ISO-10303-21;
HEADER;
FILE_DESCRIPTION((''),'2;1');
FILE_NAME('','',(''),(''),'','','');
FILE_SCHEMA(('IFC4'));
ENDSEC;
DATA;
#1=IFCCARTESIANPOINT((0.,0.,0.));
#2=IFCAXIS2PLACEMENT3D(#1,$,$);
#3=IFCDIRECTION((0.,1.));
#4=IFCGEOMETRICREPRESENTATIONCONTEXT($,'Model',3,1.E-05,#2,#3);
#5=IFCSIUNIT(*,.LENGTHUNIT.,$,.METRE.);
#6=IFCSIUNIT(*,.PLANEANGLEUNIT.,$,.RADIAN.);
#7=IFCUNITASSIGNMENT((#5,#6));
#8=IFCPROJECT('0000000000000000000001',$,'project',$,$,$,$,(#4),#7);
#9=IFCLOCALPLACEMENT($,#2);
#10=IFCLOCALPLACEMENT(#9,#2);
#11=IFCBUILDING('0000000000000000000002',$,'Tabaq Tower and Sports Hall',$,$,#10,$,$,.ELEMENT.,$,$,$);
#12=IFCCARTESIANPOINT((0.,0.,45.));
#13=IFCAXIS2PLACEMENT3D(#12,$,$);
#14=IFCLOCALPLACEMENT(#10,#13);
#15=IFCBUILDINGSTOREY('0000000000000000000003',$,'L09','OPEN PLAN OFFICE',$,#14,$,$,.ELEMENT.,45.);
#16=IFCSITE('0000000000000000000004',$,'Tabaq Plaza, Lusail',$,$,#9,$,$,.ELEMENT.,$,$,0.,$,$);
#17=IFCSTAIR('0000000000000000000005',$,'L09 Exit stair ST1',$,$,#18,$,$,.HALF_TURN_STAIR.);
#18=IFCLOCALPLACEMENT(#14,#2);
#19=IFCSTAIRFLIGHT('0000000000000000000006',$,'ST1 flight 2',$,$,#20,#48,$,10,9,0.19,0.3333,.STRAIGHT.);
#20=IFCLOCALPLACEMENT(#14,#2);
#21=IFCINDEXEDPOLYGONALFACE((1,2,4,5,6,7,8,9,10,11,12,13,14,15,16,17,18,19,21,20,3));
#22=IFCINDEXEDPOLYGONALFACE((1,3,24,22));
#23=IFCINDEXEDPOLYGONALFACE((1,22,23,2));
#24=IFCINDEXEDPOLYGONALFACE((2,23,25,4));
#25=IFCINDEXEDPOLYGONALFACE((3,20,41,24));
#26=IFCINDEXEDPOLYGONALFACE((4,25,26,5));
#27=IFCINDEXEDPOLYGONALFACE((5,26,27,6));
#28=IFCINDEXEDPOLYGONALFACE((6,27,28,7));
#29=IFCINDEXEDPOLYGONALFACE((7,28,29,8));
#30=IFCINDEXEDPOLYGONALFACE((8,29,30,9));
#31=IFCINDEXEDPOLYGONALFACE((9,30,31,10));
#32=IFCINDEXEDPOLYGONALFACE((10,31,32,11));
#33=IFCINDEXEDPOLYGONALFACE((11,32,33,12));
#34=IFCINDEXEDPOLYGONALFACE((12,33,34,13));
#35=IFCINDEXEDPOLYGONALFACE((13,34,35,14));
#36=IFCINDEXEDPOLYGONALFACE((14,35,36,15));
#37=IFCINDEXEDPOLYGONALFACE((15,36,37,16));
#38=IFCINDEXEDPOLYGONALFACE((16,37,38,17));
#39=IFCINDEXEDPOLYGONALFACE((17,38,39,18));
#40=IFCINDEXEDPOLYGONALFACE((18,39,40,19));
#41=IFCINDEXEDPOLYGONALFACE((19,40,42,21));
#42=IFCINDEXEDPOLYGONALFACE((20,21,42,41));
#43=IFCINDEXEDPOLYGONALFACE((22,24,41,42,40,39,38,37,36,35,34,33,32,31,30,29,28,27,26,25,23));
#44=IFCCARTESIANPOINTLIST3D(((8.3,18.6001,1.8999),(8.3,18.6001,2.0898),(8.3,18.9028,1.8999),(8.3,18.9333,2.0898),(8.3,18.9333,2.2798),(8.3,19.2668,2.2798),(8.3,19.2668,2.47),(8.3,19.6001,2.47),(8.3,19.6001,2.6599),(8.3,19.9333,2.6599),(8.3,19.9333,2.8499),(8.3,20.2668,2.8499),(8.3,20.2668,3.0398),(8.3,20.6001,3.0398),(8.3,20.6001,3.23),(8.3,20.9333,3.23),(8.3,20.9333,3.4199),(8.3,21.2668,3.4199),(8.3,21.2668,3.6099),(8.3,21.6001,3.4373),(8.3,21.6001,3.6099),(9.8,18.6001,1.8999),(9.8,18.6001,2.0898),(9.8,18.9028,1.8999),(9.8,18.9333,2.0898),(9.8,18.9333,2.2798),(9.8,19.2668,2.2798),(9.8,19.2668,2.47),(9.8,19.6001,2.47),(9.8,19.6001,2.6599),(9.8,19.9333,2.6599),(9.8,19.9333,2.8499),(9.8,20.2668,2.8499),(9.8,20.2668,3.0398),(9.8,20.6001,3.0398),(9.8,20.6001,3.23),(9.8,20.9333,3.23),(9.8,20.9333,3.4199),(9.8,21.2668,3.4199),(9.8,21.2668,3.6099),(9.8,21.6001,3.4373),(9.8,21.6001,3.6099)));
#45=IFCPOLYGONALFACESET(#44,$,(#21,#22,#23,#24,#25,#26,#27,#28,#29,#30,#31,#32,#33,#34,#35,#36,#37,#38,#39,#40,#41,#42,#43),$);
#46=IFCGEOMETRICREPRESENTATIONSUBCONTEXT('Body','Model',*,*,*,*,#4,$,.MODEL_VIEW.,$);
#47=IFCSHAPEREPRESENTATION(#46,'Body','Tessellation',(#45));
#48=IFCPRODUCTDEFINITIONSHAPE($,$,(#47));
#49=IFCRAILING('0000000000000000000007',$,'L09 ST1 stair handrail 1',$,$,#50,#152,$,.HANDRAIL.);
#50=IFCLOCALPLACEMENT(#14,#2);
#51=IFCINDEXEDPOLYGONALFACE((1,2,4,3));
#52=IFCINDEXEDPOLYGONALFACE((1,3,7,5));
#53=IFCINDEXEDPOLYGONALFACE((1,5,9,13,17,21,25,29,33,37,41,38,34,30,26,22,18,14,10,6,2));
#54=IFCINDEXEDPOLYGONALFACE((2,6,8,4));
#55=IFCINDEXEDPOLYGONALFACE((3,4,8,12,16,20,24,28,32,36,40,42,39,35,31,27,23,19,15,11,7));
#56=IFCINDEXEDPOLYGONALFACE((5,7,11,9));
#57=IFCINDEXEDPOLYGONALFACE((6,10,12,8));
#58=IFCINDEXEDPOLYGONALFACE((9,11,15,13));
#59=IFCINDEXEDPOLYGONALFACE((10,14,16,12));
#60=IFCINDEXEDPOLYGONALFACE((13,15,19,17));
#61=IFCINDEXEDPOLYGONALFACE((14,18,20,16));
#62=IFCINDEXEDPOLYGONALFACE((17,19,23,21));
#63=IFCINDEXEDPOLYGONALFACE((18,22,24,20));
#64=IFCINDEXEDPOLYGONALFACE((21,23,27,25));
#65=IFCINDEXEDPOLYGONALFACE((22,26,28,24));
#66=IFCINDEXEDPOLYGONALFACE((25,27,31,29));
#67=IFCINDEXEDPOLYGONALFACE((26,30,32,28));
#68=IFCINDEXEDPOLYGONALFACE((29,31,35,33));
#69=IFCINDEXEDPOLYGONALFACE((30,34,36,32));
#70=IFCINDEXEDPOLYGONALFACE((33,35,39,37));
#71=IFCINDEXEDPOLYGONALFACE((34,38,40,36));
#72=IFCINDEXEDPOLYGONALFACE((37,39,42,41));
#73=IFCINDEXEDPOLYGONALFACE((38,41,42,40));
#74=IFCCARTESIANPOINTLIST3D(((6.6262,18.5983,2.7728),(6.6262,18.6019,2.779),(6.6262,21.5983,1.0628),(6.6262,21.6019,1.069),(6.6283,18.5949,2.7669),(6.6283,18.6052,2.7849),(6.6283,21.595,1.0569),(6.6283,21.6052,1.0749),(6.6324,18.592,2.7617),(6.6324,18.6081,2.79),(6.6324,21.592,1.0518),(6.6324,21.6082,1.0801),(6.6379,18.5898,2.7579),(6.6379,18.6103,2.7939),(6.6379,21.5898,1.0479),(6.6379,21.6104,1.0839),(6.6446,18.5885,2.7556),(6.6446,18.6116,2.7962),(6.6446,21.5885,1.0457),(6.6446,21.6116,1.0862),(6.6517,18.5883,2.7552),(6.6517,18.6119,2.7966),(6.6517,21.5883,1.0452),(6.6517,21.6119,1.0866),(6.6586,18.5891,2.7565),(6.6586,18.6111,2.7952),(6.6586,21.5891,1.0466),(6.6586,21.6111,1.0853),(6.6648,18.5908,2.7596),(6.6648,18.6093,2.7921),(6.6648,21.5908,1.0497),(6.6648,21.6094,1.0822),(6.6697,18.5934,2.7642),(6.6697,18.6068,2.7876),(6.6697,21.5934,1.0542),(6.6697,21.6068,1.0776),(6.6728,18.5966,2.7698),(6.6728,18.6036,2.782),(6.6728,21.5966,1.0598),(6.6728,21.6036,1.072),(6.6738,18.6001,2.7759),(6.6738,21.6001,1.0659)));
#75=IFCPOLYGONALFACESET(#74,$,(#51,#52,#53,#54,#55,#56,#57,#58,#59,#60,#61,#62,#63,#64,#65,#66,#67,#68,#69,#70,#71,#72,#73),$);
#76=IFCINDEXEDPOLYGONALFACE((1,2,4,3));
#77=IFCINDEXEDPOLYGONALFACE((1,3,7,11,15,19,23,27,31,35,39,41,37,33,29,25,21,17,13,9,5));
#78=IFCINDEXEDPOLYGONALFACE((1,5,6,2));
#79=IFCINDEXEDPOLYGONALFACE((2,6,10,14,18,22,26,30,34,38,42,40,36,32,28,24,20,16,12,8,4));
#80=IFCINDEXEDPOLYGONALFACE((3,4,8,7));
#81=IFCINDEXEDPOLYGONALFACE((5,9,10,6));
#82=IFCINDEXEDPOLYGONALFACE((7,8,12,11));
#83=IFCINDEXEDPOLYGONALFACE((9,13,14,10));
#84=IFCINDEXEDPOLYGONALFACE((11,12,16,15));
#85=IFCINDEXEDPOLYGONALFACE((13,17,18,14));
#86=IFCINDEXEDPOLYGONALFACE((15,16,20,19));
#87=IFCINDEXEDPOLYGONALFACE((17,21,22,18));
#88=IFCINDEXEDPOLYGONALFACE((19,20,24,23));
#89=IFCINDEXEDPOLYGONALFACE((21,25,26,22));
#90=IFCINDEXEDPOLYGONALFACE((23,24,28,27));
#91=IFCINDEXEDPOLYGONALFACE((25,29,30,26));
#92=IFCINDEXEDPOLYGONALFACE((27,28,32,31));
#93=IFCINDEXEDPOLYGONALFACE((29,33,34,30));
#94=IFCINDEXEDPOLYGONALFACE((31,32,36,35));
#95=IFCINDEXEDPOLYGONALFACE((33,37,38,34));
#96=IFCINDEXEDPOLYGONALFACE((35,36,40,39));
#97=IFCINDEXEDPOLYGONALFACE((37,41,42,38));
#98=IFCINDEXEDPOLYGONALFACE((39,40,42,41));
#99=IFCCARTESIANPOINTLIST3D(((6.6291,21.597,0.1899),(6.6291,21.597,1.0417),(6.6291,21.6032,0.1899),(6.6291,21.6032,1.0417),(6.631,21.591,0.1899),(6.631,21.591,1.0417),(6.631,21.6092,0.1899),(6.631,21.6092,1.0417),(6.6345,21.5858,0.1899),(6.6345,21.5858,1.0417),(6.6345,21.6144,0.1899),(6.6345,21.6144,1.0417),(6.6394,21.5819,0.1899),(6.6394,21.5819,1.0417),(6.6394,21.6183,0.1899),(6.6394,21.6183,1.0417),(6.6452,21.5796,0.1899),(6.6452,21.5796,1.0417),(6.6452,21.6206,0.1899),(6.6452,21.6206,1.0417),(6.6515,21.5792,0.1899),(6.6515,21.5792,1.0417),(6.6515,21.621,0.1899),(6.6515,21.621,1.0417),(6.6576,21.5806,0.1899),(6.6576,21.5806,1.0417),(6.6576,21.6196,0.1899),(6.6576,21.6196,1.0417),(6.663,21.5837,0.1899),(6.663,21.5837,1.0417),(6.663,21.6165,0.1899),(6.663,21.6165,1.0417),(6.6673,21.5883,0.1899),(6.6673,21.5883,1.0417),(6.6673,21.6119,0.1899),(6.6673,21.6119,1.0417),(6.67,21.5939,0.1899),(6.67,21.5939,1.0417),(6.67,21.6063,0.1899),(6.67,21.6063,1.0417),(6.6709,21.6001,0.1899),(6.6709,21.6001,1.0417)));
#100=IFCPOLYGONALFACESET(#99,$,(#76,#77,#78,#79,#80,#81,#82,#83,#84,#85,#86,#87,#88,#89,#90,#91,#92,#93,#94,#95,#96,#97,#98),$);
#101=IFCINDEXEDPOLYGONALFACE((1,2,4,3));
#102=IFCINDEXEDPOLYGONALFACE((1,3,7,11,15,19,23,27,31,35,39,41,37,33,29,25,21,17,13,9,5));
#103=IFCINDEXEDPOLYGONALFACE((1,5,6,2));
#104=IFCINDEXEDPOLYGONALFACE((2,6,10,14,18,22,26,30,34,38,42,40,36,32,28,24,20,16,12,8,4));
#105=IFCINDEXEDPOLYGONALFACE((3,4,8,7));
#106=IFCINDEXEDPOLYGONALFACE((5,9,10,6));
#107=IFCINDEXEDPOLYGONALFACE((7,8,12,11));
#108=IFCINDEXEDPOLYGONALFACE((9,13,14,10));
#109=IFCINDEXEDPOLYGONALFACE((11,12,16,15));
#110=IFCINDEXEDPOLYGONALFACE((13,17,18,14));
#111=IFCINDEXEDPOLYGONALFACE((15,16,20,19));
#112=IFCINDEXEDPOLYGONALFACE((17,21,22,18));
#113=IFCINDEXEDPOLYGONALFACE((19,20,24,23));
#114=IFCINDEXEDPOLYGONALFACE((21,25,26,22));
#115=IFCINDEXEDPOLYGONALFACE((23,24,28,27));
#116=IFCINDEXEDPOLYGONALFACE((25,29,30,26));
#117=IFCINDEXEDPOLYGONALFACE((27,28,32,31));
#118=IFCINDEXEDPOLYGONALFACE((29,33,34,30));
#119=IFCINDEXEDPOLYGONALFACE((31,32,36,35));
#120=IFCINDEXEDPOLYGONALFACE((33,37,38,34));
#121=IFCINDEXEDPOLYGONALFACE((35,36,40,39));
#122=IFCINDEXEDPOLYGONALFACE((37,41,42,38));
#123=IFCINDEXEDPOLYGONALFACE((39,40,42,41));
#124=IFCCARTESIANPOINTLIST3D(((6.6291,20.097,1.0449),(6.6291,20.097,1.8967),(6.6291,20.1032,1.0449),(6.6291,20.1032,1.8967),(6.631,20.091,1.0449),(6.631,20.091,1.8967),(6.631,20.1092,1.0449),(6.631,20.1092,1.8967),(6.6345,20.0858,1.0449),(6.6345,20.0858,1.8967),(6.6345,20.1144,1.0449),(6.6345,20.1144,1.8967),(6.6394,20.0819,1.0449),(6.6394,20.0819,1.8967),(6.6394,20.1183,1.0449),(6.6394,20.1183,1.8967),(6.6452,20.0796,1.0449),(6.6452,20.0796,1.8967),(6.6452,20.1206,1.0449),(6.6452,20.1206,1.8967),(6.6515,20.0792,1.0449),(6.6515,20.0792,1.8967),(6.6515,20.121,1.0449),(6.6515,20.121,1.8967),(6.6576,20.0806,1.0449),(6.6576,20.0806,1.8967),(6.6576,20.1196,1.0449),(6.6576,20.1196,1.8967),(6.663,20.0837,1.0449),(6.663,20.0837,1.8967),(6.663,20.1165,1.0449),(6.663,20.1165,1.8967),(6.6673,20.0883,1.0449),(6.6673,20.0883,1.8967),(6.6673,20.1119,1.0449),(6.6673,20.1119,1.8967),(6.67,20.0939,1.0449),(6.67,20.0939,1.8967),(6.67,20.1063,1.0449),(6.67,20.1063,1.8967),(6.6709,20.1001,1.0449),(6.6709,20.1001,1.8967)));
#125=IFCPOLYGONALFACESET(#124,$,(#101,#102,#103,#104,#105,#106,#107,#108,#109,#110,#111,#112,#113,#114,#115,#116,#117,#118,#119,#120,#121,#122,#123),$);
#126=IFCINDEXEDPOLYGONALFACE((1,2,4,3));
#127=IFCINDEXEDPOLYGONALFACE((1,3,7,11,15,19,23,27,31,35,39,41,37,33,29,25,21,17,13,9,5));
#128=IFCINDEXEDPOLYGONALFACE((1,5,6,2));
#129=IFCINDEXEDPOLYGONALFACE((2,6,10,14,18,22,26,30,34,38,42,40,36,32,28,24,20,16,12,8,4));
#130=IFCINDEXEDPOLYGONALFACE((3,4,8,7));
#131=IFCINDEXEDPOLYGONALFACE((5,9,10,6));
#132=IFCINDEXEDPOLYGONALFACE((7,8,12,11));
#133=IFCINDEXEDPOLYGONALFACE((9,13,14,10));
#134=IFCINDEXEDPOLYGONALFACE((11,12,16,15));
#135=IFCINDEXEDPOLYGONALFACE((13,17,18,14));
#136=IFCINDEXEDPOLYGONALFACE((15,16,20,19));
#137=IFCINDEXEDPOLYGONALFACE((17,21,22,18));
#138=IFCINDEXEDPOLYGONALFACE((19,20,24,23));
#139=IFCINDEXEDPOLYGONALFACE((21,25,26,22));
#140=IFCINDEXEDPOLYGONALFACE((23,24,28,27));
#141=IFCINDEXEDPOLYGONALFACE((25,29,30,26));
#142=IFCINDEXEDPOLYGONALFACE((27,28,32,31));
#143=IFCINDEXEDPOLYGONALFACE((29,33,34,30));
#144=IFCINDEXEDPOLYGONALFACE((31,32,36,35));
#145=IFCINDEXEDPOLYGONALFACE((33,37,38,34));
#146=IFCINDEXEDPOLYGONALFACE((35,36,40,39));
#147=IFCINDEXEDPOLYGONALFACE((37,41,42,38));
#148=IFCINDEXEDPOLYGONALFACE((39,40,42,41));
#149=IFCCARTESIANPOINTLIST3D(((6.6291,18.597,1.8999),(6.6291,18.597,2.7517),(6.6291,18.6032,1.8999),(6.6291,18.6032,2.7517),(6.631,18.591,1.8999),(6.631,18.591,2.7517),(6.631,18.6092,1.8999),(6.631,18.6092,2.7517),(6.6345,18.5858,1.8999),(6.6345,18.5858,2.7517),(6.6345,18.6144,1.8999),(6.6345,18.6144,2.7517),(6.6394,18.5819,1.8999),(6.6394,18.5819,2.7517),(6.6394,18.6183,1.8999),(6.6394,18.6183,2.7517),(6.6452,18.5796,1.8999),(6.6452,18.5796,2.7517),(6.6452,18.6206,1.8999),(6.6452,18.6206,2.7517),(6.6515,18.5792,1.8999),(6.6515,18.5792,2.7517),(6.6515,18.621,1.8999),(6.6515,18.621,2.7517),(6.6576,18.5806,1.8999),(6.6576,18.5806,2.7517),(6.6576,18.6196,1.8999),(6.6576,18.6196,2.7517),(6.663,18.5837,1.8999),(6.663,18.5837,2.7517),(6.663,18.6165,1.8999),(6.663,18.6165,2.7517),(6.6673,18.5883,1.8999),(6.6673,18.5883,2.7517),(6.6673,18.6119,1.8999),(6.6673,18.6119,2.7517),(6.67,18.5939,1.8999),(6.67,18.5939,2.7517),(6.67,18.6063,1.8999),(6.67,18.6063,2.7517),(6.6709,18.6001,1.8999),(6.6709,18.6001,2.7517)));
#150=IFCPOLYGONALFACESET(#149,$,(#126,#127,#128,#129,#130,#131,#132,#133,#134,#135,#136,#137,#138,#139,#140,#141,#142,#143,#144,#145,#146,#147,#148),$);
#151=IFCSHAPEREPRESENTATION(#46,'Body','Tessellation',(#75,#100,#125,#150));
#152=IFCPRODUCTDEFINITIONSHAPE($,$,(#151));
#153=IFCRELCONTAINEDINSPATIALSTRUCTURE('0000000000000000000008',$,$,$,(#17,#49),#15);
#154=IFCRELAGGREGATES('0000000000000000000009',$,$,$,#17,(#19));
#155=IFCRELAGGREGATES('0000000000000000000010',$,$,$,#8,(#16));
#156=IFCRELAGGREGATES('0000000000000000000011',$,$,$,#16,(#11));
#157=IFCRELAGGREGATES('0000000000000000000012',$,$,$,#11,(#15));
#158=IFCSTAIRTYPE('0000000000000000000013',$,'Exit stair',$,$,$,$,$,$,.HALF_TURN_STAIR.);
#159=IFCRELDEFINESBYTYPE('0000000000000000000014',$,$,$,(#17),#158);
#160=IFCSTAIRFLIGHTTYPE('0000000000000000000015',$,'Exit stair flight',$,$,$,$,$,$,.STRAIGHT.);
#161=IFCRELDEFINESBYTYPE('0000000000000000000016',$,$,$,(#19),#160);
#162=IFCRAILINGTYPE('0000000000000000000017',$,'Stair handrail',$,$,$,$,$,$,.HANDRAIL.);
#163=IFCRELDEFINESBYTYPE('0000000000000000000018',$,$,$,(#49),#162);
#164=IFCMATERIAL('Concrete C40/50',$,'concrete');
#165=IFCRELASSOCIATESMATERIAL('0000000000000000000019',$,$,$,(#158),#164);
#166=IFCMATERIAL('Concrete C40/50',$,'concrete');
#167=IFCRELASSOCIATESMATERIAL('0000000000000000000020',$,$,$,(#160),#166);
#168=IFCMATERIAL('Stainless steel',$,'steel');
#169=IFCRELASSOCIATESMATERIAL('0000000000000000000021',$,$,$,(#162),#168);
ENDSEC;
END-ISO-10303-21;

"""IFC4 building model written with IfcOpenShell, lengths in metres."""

from ifc_helpers import new_model, si_unit, direction, frame, origin, origin_2d, place, context, subcontext, project, spatial, polyline, circle, outline, extrude, material, type_object, element, aggregate, save


model = new_model("IFC4")

# Units and contexts
model_context = context("Model", 3, precision=1e-05, world=origin(), true_north=direction((0.0, 1.0)))
body_context = subcontext(model_context, "Body", "Model", "MODEL_VIEW")
ifc_project = project(units=[si_unit("LENGTHUNIT", "METRE"), si_unit("PLANEANGLEUNIT", "RADIAN")], contexts=[model_context])

# Site, building, storey
site_placement = place(None, origin())
site = spatial("IfcSite", under=ifc_project, at=site_placement, Name="Tabaq Plaza, Lusail", CompositionType="ELEMENT", RefElevation=0.0)
building_placement = place(site_placement, origin())
building = spatial("IfcBuilding", under=site, at=building_placement, Name="Tabaq Tower and Sports Hall", CompositionType="ELEMENT")
storey_placement = place(building_placement, frame((0.0, 0.0, 45.0)))
storey = spatial("IfcBuildingStorey", under=building, at=storey_placement, Name="L09", Description="OPEN PLAN OFFICE", CompositionType="ELEMENT", Elevation=45.0)

# Stair, stair flight
ifc_material_1 = material(Name="Concrete C40/50", Category="concrete")
stair_type = type_object("IfcStairType", Name="Exit stair", PredefinedType="HALF_TURN_STAIR", material=ifc_material_1)
stair_placement = place(storey_placement, origin())
stair = element("IfcStair", 1, at=stair_placement, inside=storey, type_object=stair_type, Name="L09 Exit stair ST1", PredefinedType="HALF_TURN_STAIR")
ifc_material_2 = material(Name="Concrete C40/50", Category="concrete")
stair_flight_type = type_object("IfcStairFlightType", Name="Exit stair flight", PredefinedType="STRAIGHT", material=ifc_material_2)
stair_flight_1_placement = place(storey_placement, frame((9.05, 18.6001, 1.8999), z_axis=(0.0, 0.0, 1.0), x_axis=(0.0, 1.0, 0.0)))
stair_flight_1 = element("IfcStairFlight", 2, at=stair_flight_1_placement, type_object=stair_flight_type, Name="ST1 flight 2", NumberOfRisers=10, NumberOfTreads=9, PredefinedType="STRAIGHT", RiserHeight=0.19, TreadLength=0.3333, context=body_context, shape_type="SweptSolid", body=[
    extrude(outline(polyline([(0.0, 0.0), (0.0, 0.1899), (0.3333, 0.1899), (0.3333, 0.3799), (0.6667, 0.3799), (0.6667, 0.5701), (1.0, 0.5701), (1.0, 0.76), (1.3333, 0.76), (1.3333, 0.95), (1.6667, 0.95), (1.6667, 1.1399), (2.0, 1.1399), (2.0, 1.3301), (2.3333, 1.3301), (2.3333, 1.52), (2.6667, 1.52), (2.6667, 1.71), (3.0, 1.71), (3.0, 1.8999), (3.0, 1.5374), (0.3027, 0.0), (0.0, 0.0)])), frame((0.0, 0.75, 0.0), z_axis=(0.0, -1.0, 0.0), x_axis=(1.0, 0.0, 0.0)), (0.0, 0.0, 1.0), 1.5),
])
aggregate(stair, [stair_flight_1])

# Railing
ifc_material_3 = material(Name="Stainless steel", Category="steel")
railing_type_1 = type_object("IfcRailingType", Name="Stair handrail", PredefinedType="HANDRAIL", material=ifc_material_3)
railing_1_placement = place(storey_placement, frame((6.6499, 21.6001, 0.1899)))
element("IfcRailing", 3, at=railing_1_placement, inside=storey, type_object=railing_type_1, Name="L09 ST1 stair handrail 1", PredefinedType="HANDRAIL", context=body_context, shape_type="SweptSolid", body=[
    extrude(circle(Radius=0.0239, at=origin_2d()), frame((0.0, 0.0, 0.876), z_axis=(0.0, -0.868782, 0.495195), x_axis=(1.0, 0.0, 0.0)), (0.0, 0.0, 1.0), 3.4531),
    extrude(circle(Radius=0.021, at=origin_2d()), origin(), (0.0, 0.0, 1.0), 0.8518),
    extrude(circle(Radius=0.021, at=origin_2d()), frame((0.0, -1.5, 0.855)), (0.0, 0.0, 1.0), 0.8518),
    extrude(circle(Radius=0.021, at=origin_2d()), frame((0.0, -3.0, 1.71)), (0.0, 0.0, 1.0), 0.8518),
])

save(model, "model.ifc")
